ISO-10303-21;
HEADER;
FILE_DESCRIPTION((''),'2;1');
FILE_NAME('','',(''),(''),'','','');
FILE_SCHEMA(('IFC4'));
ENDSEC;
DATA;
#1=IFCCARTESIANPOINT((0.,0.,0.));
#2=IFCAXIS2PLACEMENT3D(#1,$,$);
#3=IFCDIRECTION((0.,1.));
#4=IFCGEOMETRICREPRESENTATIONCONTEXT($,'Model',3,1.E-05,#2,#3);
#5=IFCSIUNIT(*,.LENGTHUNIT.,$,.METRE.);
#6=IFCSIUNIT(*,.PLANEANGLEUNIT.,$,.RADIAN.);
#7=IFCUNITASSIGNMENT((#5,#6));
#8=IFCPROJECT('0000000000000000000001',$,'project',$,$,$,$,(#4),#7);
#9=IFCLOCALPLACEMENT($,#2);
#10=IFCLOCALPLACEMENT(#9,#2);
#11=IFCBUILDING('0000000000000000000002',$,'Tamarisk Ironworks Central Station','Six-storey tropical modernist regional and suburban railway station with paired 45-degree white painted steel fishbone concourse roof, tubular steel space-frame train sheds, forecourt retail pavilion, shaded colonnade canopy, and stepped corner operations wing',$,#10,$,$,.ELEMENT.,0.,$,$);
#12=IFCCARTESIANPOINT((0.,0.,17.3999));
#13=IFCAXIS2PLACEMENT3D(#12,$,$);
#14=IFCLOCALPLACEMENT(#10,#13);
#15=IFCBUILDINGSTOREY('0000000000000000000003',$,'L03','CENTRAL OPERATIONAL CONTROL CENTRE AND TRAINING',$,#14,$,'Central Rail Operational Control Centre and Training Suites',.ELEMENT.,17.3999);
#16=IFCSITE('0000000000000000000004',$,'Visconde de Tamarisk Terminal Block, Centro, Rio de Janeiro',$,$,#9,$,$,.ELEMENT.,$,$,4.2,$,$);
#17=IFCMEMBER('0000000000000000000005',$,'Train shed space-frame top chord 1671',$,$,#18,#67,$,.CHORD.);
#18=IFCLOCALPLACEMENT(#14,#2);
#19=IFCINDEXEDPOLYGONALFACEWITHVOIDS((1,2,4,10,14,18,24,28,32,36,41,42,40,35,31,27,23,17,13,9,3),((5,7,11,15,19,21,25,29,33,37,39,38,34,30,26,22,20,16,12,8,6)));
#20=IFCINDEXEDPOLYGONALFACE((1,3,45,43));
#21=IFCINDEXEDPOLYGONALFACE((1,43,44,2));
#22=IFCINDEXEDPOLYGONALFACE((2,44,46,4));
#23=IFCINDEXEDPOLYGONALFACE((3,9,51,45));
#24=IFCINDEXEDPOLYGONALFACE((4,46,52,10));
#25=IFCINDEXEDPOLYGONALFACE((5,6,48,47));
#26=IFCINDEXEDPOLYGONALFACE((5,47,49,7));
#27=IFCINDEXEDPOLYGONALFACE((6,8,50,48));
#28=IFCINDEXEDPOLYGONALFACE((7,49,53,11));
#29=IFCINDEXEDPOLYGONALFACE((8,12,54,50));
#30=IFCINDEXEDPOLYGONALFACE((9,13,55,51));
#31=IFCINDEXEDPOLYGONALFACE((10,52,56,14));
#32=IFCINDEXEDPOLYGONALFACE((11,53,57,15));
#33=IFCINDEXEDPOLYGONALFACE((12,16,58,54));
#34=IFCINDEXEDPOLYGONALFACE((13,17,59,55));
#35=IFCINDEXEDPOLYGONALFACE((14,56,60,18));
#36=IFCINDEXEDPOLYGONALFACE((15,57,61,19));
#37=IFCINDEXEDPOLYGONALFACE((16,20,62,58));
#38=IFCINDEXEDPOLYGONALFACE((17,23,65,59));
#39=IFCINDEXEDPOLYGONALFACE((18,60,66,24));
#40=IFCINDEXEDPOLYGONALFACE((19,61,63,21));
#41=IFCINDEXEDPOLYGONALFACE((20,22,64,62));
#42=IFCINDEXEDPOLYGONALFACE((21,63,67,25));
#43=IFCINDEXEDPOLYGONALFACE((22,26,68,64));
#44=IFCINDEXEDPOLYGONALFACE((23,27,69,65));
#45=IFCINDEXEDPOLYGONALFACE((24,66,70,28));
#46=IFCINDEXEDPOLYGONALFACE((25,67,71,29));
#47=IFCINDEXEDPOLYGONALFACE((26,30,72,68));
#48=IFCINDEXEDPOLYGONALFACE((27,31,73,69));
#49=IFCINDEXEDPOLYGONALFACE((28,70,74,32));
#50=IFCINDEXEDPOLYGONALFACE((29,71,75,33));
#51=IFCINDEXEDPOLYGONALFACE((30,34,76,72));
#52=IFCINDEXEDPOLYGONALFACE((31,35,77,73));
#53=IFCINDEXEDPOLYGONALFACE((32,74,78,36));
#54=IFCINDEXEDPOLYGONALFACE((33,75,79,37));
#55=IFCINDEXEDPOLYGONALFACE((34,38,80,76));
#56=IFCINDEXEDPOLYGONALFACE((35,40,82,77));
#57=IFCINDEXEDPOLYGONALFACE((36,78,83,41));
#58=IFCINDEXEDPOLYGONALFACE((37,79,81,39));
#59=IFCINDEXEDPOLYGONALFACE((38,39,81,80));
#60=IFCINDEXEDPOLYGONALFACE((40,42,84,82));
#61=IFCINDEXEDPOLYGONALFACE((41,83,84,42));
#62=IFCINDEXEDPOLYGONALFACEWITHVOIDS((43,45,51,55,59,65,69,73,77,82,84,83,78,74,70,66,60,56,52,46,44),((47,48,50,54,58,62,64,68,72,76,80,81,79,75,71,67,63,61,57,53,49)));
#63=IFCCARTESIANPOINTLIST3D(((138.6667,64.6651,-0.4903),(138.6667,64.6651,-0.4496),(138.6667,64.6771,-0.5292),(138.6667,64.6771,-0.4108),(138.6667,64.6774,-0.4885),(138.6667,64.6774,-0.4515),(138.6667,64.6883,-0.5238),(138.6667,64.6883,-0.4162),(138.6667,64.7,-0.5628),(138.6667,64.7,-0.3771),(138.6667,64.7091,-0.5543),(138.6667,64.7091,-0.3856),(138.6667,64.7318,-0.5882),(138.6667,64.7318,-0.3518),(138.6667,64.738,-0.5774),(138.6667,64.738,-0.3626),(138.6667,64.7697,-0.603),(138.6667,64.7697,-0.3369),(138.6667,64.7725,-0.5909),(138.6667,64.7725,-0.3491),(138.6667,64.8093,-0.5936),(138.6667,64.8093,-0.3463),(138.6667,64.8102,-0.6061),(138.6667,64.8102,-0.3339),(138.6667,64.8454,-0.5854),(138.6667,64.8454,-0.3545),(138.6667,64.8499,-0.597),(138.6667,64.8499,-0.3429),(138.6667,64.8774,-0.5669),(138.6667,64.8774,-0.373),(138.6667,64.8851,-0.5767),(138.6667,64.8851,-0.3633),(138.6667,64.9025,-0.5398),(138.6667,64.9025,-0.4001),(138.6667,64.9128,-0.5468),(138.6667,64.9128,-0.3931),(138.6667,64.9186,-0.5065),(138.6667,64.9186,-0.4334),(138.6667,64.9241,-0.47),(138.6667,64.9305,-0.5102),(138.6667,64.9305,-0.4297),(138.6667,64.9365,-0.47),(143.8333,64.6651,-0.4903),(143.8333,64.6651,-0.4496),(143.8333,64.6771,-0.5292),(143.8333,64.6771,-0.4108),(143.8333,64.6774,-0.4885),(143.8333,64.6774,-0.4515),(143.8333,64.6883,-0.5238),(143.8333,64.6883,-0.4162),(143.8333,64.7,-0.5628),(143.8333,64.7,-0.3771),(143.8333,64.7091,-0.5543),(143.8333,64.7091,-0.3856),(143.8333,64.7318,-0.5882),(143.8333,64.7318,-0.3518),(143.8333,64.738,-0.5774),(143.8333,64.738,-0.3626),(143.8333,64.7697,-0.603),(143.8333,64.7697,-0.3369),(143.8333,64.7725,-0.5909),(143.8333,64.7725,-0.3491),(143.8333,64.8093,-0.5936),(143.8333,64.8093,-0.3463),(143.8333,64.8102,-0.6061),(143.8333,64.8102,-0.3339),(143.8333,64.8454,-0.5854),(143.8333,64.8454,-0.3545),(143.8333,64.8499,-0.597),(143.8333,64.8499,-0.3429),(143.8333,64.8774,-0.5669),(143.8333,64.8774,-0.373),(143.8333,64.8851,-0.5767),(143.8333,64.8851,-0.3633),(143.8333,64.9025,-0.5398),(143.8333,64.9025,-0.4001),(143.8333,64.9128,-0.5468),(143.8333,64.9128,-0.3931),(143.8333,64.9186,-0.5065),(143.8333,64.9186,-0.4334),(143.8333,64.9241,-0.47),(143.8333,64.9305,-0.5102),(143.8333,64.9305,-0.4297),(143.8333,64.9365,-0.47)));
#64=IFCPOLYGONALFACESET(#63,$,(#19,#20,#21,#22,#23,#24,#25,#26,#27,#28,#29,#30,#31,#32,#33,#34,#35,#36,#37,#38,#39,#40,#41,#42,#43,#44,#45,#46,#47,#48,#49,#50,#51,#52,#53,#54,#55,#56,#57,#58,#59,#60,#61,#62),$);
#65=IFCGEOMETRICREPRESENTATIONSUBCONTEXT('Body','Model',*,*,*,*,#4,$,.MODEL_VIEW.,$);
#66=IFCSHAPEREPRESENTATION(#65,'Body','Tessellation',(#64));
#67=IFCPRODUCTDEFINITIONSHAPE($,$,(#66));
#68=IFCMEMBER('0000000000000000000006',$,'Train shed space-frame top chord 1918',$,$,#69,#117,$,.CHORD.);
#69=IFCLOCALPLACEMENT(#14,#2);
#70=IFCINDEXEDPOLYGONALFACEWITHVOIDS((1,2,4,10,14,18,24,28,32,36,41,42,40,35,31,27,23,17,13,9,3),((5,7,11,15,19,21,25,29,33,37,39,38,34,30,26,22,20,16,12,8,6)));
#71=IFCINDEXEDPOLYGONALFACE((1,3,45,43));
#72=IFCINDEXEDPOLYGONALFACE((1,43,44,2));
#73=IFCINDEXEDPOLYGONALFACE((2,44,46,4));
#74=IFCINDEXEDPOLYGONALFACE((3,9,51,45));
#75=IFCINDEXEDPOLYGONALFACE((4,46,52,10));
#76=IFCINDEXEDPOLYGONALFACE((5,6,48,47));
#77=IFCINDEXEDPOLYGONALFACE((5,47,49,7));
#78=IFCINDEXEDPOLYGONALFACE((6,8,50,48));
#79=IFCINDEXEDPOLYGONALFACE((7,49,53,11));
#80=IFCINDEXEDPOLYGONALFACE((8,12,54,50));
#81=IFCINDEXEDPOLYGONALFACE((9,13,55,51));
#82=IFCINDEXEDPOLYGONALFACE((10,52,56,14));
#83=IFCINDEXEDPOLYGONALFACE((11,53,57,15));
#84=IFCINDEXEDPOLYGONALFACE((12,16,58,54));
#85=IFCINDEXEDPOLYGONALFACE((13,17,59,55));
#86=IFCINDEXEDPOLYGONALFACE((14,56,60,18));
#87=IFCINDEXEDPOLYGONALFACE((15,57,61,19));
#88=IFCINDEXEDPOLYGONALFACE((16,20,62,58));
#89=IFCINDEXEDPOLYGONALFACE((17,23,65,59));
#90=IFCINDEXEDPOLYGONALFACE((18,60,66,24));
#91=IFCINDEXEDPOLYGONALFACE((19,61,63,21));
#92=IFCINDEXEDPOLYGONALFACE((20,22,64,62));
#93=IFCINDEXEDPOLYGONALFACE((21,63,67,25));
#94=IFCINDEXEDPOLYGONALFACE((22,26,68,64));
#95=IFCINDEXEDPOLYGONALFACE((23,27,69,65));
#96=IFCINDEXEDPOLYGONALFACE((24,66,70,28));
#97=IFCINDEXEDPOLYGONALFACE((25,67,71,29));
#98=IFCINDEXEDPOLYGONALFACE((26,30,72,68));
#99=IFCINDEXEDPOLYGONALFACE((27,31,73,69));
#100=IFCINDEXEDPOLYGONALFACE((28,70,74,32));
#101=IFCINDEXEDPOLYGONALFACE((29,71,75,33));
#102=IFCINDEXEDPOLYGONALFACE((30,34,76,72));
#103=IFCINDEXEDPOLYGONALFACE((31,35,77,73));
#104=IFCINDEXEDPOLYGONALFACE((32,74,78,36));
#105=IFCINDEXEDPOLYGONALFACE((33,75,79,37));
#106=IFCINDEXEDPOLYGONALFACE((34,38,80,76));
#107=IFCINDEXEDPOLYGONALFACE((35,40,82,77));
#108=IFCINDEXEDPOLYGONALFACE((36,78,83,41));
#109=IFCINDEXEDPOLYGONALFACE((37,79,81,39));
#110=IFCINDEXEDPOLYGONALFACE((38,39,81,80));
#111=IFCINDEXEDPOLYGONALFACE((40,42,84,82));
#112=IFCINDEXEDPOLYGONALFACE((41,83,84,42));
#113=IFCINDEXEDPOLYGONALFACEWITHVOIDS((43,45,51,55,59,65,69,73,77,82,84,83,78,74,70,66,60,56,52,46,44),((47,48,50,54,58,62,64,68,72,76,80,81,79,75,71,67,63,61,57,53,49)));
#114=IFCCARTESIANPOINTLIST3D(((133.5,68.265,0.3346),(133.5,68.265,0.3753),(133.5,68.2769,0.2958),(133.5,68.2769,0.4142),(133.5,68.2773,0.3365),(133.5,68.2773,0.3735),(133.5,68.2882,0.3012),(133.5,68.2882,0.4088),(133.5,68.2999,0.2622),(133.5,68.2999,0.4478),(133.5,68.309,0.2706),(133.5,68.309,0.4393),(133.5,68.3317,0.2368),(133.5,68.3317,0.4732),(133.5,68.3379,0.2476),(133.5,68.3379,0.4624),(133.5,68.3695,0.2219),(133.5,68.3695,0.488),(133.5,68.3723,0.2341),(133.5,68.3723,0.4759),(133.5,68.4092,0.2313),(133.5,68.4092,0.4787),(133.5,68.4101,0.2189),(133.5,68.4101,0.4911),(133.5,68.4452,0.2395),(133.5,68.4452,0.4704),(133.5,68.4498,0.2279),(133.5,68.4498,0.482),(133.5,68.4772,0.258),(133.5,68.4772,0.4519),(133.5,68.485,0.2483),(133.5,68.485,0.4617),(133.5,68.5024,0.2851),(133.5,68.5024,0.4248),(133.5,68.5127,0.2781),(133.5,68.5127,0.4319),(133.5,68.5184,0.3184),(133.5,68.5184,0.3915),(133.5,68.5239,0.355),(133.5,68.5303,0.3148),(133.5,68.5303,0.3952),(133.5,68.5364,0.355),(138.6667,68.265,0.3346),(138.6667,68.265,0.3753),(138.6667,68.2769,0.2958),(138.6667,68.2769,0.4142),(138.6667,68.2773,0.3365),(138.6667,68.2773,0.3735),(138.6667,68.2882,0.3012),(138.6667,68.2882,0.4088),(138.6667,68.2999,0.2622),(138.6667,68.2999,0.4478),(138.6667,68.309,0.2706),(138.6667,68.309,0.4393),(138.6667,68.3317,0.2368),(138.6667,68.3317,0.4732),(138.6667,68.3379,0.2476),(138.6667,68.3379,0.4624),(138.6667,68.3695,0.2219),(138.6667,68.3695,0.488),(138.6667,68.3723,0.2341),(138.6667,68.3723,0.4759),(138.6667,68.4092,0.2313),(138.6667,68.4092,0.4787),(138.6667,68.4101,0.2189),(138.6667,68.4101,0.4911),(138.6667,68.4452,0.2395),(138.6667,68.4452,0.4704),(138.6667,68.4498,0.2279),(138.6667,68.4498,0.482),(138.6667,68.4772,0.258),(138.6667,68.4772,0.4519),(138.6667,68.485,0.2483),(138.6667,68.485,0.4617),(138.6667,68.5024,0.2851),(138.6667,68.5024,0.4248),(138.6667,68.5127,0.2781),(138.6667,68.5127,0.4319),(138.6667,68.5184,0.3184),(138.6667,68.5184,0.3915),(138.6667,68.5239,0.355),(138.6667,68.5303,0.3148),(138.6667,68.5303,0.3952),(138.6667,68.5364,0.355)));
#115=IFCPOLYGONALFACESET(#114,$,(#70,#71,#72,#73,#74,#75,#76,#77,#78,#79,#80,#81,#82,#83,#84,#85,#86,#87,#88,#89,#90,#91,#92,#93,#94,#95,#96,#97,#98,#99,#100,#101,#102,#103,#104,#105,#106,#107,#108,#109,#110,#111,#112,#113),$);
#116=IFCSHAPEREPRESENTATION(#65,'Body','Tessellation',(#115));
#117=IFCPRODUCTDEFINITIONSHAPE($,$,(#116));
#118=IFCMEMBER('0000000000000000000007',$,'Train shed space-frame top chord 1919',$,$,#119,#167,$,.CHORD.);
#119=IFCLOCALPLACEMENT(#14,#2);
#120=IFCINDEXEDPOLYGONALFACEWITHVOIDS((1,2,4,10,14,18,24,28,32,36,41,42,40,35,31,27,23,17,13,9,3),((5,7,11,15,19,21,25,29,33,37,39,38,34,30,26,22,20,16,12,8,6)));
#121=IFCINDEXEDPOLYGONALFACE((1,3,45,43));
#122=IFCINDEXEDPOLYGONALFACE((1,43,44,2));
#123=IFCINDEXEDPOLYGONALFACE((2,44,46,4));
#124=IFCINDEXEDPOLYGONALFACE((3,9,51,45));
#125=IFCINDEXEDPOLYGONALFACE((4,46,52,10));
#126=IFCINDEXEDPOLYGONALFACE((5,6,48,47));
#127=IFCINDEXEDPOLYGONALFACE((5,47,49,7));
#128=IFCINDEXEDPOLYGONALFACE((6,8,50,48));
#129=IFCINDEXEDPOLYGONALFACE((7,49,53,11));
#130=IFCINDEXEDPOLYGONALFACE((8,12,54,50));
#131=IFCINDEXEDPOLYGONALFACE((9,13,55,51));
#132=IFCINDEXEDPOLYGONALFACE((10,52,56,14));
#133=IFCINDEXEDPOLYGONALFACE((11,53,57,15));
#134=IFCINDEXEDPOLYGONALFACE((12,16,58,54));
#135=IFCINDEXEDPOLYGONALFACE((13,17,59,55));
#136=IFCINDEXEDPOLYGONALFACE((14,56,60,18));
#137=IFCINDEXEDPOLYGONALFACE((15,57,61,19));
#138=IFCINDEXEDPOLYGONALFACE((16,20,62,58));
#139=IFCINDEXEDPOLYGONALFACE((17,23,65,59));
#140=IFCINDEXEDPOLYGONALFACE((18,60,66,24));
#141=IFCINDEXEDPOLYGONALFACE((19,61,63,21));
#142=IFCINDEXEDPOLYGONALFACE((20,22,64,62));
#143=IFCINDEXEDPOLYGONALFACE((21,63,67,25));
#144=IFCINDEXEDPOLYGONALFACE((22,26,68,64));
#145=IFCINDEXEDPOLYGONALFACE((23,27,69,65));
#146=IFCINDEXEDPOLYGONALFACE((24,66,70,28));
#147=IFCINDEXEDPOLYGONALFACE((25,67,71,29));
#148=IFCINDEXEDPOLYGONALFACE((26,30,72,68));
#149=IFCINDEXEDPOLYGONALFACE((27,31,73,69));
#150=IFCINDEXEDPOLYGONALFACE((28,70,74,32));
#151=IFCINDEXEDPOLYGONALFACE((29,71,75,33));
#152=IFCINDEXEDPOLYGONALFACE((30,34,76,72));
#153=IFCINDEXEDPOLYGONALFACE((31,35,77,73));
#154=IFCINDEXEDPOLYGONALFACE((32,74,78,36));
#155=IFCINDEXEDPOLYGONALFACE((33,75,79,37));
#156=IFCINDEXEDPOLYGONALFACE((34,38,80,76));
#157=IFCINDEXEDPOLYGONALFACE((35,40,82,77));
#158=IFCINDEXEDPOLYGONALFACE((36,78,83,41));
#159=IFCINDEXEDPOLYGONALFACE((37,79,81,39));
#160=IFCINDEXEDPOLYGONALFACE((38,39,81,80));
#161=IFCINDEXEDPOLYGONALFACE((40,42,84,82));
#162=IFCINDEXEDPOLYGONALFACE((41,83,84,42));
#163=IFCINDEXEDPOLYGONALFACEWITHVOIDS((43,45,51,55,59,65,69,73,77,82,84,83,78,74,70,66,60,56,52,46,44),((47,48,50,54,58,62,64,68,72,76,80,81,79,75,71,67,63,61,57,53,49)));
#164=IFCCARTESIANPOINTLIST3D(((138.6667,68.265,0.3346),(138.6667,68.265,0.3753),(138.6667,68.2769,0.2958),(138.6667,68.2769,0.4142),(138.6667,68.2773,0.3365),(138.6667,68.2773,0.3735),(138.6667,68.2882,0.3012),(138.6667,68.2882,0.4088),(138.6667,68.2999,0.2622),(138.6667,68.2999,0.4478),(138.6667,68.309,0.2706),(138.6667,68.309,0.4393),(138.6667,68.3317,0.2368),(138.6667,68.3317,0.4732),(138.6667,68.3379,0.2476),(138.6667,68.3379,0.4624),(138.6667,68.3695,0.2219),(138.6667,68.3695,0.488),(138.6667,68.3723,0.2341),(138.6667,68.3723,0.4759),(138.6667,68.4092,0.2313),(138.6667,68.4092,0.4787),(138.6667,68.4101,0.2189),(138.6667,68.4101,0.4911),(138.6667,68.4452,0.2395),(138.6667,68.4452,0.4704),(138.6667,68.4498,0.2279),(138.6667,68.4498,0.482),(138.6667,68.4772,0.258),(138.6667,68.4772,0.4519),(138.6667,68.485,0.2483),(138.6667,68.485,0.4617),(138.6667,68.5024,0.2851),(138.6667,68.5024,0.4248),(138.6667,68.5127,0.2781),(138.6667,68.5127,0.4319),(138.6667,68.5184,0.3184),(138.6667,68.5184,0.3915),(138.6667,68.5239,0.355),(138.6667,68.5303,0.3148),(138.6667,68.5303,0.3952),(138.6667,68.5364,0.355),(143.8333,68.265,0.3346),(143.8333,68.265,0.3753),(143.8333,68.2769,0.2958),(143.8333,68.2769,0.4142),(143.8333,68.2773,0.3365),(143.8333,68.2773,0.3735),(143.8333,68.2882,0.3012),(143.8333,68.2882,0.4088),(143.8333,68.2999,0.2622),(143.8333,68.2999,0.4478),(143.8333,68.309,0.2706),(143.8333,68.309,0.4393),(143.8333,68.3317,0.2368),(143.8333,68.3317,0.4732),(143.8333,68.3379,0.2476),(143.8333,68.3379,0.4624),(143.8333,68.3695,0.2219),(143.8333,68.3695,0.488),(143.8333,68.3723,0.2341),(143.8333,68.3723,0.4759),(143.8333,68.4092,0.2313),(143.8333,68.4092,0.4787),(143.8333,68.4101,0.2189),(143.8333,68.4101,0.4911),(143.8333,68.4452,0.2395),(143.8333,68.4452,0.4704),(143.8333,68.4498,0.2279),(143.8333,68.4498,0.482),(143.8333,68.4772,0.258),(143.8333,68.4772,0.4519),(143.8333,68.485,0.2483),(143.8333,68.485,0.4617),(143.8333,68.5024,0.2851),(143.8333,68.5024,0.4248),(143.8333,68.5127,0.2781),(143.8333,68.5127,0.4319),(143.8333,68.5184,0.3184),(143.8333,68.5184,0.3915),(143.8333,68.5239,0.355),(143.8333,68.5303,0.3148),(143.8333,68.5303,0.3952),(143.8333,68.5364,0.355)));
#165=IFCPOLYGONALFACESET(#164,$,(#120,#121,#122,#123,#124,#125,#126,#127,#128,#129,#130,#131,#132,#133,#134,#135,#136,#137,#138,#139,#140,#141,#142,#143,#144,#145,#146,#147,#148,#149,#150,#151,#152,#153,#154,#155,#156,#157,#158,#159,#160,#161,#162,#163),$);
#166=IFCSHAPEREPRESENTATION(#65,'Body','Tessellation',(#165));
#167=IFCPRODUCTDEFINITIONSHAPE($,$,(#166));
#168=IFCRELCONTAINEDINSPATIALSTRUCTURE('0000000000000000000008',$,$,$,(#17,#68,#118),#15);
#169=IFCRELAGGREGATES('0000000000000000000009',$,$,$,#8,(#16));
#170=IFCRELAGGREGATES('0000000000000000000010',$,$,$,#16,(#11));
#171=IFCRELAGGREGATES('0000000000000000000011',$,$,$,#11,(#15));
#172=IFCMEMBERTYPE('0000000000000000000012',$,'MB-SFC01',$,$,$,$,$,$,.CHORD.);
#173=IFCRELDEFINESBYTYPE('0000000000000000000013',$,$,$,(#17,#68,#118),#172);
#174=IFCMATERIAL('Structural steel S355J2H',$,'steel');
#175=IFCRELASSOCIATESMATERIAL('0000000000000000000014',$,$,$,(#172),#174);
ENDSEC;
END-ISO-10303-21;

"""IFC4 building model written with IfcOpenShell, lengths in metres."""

from ifc_helpers import new_model, si_unit, direction, frame, origin, origin_2d, place, context, subcontext, project, spatial, hollow_circle, extrude, material, material_profile, profile_set, type_object, element, save


model = new_model("IFC4")

# Units and contexts
model_context = context("Model", 3, precision=1e-05, world=origin(), true_north=direction((0.0, 1.0)))
body_context = subcontext(model_context, "Body", "Model", "MODEL_VIEW")
ifc_project = project(units=[si_unit("LENGTHUNIT", "METRE"), si_unit("PLANEANGLEUNIT", "RADIAN")], contexts=[model_context])

# Site, building, storey
site_placement = place(None, origin())
site = spatial("IfcSite", under=ifc_project, at=site_placement, Name="Visconde de Tamarisk Terminal Block, Centro, Rio de Janeiro", CompositionType="ELEMENT", RefElevation=4.2)
building_placement = place(site_placement, origin())
building = spatial("IfcBuilding", under=site, at=building_placement, Name="Tamarisk Ironworks Central Station", Description="Six-storey tropical modernist regional and suburban railway station with paired 45-degree white painted steel fishbone concourse roof, tubular steel space-frame train sheds, forecourt retail pavilion, shaded colonnade canopy, and stepped corner operations wing", CompositionType="ELEMENT", ElevationOfRefHeight=0.0)
storey_placement = place(building_placement, frame((0.0, 0.0, 17.3999)))
storey = spatial("IfcBuildingStorey", under=building, at=storey_placement, Name="L03", Description="CENTRAL OPERATIONAL CONTROL CENTRE AND TRAINING", LongName="Central Rail Operational Control Centre and Training Suites", CompositionType="ELEMENT", Elevation=17.3999)

# Members
ifc_material = material(Name="Structural steel S355J2H", Category="steel")
ifc_material_profile_1 = material_profile(ifc_material, hollow_circle(Radius=0.1365, WallThickness=0.0125, at=origin_2d()), Name="CHS 273x12.5")
ifc_profile_set_1 = profile_set([ifc_material_profile_1], Name="Structural steel S355J2H")
member_type_1 = type_object("IfcMemberType", Name="MB-SFC01", PredefinedType="CHORD", material=ifc_profile_set_1)
member_1_placement = place(storey_placement, frame((138.6667, 64.8, -0.47), z_axis=(1.0, 0.0, 0.0), x_axis=(0.0, 1.0, 0.0)))
element("IfcMember", 1, at=member_1_placement, inside=storey, type_object=member_type_1, Name="Train shed space-frame top chord 1671", PredefinedType="CHORD", context=body_context, shape_type="SweptSolid", body=[
    extrude(hollow_circle(Radius=0.1365, WallThickness=0.0125, at=origin_2d()), origin(), (0.0, 0.0, 1.0), 5.1665),
])
member_2_placement = place(storey_placement, frame((133.5, 68.3999, 0.355), z_axis=(1.0, 0.0, 0.0), x_axis=(0.0, 1.0, 0.0)))
element("IfcMember", 2, at=member_2_placement, inside=storey, type_object=member_type_1, Name="Train shed space-frame top chord 1918", PredefinedType="CHORD", context=body_context, shape_type="SweptSolid", body=[
    extrude(hollow_circle(Radius=0.1365, WallThickness=0.0125, at=origin_2d()), origin(), (0.0, 0.0, 1.0), 5.1667),
])
member_3_placement = place(storey_placement, frame((138.6667, 68.3999, 0.355), z_axis=(1.0, 0.0, 0.0), x_axis=(0.0, 1.0, 0.0)))
element("IfcMember", 3, at=member_3_placement, inside=storey, type_object=member_type_1, Name="Train shed space-frame top chord 1919", PredefinedType="CHORD", context=body_context, shape_type="SweptSolid", body=[
    extrude(hollow_circle(Radius=0.1365, WallThickness=0.0125, at=origin_2d()), origin(), (0.0, 0.0, 1.0), 5.1665),
])

save(model, "model.ifc")
